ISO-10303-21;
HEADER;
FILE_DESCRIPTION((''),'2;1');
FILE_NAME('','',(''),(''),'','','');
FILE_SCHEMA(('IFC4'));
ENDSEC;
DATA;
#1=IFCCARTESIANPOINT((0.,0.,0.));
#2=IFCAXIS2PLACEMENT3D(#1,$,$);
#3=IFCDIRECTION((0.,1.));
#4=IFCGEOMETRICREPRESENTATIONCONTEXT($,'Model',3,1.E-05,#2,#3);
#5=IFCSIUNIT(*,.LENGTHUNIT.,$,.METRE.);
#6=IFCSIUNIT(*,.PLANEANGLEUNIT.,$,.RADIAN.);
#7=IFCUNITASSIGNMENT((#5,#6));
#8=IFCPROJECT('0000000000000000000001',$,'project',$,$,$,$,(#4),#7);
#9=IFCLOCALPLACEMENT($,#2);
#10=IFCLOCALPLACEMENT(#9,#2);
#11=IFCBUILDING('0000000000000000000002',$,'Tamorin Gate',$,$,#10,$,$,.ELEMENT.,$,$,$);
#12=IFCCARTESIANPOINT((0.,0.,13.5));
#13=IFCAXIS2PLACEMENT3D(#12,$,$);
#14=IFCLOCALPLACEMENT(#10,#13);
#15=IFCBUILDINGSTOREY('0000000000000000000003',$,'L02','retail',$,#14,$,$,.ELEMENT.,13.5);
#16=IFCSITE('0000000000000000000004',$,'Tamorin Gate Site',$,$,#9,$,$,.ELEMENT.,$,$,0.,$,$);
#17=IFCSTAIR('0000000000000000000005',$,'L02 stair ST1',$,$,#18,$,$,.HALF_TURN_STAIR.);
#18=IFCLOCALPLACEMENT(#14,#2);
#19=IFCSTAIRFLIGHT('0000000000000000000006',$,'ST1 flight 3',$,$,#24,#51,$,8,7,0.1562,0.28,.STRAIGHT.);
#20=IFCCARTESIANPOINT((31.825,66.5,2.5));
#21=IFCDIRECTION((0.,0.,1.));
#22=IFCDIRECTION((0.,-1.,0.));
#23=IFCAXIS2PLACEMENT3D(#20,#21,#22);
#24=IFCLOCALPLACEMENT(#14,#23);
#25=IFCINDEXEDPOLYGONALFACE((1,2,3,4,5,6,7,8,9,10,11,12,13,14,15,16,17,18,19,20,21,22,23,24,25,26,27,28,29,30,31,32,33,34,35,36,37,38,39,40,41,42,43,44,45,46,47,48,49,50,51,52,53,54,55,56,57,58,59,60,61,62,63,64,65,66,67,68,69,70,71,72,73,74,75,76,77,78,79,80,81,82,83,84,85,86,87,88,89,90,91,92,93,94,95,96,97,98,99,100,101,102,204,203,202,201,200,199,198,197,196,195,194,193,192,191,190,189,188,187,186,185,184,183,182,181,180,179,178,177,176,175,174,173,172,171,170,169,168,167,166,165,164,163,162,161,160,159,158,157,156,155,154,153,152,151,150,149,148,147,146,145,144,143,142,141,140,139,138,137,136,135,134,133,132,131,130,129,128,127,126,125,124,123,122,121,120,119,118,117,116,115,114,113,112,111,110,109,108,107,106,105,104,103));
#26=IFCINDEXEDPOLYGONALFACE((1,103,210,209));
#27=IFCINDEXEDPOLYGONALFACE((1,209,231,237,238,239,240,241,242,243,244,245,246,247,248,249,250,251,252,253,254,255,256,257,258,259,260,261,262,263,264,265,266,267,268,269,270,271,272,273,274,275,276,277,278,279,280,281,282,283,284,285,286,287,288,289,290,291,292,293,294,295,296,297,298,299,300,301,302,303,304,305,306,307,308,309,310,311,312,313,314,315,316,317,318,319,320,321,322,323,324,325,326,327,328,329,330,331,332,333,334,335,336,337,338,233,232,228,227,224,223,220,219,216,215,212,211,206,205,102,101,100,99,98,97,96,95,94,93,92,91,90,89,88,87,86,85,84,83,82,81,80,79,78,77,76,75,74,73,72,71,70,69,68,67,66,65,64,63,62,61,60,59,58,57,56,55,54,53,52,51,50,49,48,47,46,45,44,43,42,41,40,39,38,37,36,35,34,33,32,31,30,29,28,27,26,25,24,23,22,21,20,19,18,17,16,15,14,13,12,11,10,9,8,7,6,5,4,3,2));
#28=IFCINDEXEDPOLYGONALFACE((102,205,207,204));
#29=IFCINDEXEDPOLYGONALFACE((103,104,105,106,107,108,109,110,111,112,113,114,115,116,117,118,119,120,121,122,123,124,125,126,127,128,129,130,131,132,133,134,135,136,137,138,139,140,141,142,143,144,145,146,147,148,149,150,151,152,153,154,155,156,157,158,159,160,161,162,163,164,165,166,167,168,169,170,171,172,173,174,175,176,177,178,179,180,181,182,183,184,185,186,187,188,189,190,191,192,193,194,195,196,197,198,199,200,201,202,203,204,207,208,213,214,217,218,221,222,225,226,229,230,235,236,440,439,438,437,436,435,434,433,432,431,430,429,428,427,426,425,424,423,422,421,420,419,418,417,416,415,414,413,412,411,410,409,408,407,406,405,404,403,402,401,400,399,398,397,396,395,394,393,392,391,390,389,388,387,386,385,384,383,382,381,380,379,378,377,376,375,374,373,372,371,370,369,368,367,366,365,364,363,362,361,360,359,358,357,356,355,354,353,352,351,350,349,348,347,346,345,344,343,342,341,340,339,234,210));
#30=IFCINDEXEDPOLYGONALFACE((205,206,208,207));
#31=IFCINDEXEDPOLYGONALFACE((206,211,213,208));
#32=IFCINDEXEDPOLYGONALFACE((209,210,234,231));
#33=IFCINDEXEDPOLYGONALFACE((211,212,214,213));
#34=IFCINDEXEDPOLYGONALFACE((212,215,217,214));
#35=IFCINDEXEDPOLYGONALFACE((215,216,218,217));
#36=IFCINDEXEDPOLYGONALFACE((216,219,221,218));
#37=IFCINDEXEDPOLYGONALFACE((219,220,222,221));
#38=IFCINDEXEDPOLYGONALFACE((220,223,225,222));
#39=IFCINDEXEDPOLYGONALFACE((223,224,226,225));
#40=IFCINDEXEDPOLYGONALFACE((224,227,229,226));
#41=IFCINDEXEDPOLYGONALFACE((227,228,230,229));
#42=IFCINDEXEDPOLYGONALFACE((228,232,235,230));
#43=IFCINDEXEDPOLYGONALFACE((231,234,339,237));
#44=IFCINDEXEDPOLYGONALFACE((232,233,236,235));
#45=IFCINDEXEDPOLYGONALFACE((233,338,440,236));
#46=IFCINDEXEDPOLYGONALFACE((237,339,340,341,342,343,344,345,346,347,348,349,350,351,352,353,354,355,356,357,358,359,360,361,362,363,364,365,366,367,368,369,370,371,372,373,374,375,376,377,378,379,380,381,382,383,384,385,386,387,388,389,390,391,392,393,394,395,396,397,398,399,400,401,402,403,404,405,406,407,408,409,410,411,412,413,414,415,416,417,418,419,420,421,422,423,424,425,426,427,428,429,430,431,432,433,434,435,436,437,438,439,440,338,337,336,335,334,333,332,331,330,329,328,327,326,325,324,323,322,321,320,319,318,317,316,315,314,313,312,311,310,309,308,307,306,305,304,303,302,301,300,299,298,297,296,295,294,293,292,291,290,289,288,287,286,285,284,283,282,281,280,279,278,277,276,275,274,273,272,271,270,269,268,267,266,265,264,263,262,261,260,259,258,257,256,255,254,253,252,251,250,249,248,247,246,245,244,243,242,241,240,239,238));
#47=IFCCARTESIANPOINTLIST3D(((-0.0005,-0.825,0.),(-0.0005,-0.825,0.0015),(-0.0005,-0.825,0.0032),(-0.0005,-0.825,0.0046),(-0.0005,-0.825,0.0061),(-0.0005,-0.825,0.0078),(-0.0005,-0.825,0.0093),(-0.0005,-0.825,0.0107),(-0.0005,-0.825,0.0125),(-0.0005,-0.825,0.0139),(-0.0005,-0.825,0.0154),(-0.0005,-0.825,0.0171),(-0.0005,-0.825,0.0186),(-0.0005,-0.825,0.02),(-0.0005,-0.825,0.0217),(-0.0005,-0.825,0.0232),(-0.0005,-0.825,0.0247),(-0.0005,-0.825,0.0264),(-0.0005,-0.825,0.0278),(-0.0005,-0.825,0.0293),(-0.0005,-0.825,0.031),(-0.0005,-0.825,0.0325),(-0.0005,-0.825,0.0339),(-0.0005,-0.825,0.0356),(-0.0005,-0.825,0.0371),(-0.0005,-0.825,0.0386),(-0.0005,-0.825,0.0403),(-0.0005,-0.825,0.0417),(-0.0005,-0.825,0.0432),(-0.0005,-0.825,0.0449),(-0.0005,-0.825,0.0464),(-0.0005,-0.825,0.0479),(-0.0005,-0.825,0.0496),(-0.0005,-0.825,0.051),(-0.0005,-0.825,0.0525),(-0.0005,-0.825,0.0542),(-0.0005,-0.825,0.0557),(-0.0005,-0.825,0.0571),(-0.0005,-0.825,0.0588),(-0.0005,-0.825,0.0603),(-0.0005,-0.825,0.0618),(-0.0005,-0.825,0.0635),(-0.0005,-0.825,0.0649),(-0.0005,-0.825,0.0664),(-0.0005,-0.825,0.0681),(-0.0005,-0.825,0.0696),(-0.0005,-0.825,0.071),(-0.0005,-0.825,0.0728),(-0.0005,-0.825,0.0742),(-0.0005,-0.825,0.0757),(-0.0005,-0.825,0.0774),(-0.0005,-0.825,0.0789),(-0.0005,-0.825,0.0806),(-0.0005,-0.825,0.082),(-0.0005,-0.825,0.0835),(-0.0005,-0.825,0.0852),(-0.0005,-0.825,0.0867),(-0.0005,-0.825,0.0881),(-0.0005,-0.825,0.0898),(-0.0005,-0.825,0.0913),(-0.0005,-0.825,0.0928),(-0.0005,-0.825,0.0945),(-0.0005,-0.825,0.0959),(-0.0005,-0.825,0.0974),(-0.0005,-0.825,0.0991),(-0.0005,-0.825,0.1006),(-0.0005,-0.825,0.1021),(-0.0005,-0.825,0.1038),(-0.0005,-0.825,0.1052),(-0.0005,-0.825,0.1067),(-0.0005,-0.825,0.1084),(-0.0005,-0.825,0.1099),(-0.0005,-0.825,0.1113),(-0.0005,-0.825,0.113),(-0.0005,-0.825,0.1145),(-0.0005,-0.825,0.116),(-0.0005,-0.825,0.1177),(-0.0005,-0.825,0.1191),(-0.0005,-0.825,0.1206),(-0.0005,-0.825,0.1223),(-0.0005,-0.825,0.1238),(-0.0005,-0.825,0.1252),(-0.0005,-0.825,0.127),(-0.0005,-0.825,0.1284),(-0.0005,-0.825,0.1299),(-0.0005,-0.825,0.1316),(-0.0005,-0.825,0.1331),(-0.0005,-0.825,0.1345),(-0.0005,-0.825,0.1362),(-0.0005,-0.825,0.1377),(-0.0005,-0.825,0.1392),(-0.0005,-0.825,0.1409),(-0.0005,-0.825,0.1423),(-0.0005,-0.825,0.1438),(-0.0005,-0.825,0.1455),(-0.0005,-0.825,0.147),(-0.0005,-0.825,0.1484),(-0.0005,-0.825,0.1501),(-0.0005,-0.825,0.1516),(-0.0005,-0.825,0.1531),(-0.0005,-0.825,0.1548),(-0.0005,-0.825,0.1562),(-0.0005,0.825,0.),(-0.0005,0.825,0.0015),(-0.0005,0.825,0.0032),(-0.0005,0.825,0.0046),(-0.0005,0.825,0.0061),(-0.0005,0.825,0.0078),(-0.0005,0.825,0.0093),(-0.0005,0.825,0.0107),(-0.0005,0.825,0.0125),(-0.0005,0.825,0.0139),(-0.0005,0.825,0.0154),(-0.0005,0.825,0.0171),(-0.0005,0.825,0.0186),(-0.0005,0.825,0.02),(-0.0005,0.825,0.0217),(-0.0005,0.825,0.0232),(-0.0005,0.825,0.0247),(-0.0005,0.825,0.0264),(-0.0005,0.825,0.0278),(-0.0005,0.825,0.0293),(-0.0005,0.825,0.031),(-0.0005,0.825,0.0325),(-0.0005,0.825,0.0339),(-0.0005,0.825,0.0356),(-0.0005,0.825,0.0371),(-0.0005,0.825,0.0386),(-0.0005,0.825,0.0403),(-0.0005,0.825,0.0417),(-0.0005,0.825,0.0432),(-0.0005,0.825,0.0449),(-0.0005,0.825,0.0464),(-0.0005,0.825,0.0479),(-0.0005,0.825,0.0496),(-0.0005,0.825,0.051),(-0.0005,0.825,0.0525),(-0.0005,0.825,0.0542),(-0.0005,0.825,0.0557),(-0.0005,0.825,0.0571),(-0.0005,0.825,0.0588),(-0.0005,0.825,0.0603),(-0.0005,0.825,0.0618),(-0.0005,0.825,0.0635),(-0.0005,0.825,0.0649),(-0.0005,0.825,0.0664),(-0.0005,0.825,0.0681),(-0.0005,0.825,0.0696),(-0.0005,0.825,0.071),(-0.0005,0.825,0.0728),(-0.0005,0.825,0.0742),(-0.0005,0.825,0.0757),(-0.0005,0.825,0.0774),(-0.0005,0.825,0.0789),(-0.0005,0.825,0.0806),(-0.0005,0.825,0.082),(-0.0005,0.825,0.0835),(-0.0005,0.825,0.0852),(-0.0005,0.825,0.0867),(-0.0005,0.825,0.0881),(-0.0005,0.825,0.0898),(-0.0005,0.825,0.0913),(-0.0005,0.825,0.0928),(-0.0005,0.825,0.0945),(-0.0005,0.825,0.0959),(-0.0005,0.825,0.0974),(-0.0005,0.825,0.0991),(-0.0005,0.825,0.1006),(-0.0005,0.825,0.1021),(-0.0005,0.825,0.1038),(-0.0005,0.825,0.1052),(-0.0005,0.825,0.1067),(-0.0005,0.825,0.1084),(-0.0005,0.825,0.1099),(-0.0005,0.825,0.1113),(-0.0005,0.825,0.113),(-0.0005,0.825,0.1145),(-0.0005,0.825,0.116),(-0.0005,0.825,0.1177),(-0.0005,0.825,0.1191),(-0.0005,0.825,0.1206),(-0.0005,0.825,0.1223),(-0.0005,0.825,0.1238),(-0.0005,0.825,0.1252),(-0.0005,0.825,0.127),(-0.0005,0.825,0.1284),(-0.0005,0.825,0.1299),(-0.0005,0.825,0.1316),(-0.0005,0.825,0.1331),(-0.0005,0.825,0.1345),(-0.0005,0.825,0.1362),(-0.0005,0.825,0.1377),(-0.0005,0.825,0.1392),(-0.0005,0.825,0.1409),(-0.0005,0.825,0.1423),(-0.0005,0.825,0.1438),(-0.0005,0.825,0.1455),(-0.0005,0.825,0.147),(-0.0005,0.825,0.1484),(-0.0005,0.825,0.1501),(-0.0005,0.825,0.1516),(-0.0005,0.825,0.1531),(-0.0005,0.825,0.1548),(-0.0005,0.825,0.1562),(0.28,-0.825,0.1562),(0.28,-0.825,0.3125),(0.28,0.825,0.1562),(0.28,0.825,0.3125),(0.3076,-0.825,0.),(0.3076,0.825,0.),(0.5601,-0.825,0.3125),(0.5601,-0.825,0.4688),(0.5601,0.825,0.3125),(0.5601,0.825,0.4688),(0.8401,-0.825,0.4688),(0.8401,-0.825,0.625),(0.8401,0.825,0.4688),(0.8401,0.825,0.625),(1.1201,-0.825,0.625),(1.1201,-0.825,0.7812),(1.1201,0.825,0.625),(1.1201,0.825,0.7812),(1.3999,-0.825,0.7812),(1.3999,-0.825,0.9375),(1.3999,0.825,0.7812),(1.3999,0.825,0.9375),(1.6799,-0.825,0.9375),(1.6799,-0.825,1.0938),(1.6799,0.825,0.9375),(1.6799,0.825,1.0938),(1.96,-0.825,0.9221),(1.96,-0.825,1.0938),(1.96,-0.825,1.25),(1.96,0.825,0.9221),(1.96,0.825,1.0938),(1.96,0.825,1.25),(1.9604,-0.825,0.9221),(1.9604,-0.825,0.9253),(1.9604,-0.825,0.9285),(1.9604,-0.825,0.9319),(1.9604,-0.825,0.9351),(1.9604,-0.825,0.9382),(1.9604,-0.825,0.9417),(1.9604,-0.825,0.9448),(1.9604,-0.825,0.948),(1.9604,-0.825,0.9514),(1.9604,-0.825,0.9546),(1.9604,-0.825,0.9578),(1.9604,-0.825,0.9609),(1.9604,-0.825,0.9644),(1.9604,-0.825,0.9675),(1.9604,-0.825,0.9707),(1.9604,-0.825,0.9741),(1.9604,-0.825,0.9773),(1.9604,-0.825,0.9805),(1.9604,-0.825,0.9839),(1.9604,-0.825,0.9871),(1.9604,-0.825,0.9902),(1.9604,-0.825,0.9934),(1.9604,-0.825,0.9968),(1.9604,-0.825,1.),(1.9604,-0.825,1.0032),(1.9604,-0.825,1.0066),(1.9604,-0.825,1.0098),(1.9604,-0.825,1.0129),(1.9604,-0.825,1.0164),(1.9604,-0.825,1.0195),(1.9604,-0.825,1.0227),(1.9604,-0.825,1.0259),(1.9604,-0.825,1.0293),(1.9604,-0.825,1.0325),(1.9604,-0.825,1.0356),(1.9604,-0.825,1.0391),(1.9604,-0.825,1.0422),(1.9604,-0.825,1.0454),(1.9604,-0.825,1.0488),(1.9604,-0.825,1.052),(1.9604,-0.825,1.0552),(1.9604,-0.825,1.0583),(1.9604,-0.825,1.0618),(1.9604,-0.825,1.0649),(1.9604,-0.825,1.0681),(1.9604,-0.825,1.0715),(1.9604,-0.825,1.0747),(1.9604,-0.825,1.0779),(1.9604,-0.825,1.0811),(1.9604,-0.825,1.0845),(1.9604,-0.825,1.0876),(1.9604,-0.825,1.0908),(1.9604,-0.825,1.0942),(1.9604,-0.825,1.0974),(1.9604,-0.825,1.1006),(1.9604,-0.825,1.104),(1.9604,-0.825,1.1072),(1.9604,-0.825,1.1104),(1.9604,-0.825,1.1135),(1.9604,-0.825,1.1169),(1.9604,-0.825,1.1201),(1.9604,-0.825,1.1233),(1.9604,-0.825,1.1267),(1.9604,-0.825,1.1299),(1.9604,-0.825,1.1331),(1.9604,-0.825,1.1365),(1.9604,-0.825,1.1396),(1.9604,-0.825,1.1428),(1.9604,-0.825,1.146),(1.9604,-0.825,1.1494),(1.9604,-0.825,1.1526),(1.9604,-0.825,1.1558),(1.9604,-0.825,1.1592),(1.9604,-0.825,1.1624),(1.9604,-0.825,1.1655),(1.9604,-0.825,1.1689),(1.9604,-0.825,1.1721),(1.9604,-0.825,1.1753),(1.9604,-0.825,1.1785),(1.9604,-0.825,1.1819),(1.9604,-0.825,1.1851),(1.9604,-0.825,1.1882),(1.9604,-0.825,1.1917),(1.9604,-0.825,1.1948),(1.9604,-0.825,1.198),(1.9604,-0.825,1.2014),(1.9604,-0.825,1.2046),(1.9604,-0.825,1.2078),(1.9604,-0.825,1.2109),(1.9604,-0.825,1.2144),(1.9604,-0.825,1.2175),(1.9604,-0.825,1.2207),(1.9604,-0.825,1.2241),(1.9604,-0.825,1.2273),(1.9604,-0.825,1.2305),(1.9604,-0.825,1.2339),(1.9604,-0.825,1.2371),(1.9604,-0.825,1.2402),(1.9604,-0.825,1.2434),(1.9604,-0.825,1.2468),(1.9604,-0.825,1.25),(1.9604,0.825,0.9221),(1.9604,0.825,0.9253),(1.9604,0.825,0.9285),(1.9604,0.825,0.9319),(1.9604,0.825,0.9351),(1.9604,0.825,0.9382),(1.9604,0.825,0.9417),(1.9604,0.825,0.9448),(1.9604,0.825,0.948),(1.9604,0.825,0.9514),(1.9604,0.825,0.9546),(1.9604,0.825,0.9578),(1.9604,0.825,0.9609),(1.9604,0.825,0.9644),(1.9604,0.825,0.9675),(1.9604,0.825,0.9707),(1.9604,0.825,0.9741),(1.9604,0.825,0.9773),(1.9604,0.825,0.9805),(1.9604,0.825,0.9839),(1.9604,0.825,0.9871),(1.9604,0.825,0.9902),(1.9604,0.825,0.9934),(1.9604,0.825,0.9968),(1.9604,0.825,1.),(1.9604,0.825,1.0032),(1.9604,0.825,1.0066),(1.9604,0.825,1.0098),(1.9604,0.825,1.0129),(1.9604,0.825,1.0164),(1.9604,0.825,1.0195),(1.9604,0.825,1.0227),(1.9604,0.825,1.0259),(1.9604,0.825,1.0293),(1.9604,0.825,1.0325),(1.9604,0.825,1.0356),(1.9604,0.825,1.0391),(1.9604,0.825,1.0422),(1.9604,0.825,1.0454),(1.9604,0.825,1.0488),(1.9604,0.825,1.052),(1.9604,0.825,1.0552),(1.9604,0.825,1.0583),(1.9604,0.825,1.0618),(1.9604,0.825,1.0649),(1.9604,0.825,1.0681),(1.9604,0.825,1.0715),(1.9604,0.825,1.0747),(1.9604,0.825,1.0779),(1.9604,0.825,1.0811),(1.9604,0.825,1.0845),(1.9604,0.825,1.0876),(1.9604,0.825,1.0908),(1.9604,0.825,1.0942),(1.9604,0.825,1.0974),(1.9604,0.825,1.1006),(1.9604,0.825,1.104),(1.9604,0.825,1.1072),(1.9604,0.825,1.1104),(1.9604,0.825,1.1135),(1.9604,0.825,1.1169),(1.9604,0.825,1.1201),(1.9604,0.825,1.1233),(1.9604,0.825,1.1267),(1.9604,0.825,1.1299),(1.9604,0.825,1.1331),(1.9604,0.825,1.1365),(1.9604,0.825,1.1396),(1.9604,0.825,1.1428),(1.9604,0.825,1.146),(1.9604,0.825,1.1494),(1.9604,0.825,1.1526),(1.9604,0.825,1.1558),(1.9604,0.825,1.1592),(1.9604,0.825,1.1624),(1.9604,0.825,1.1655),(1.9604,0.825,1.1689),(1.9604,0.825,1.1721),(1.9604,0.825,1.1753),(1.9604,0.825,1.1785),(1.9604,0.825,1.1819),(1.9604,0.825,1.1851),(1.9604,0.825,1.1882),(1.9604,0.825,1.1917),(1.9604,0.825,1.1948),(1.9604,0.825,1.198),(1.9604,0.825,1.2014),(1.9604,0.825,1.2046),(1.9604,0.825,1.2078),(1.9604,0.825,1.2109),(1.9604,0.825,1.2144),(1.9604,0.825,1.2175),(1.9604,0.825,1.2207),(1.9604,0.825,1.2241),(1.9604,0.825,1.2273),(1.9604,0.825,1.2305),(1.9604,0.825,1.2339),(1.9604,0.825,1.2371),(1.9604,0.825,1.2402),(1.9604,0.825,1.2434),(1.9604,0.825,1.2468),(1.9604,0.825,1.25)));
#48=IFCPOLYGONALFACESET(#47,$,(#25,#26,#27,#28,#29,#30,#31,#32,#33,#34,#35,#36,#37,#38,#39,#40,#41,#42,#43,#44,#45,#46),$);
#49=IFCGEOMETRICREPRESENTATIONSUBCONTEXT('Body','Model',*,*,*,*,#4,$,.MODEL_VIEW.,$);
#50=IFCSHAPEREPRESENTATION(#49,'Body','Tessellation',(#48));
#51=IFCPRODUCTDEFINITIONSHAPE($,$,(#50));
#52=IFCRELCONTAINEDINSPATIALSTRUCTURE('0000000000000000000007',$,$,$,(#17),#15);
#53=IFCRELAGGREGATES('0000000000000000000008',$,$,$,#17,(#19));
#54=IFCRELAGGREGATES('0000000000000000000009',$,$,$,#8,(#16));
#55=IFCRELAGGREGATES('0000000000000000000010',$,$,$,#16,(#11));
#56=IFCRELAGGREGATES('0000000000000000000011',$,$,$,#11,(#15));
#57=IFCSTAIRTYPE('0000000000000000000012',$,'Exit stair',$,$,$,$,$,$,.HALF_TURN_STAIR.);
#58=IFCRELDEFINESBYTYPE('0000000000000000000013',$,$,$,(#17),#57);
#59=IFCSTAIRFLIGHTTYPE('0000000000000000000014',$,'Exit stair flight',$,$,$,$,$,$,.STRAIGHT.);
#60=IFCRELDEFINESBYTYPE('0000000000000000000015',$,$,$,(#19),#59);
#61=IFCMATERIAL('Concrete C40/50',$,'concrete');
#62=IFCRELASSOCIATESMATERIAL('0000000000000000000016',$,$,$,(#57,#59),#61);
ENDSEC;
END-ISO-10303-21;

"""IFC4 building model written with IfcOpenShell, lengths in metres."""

from ifc_helpers import new_model, si_unit, direction, frame, origin, place, context, subcontext, project, spatial, polyline, outline, extrude, material, type_object, element, aggregate, save


model = new_model("IFC4")

# Units and contexts
model_context = context("Model", 3, precision=1e-05, world=origin(), true_north=direction((0.0, 1.0)))
body_context = subcontext(model_context, "Body", "Model", "MODEL_VIEW")
ifc_project = project(units=[si_unit("LENGTHUNIT", "METRE"), si_unit("PLANEANGLEUNIT", "RADIAN")], contexts=[model_context])

# Site, building, storey
site_placement = place(None, origin())
site = spatial("IfcSite", under=ifc_project, at=site_placement, Name="Tamorin Gate Site", CompositionType="ELEMENT", RefElevation=0.0)
building_placement = place(site_placement, origin())
building = spatial("IfcBuilding", under=site, at=building_placement, Name="Tamorin Gate", CompositionType="ELEMENT")
storey_placement = place(building_placement, frame((0.0, 0.0, 13.5)))
storey = spatial("IfcBuildingStorey", under=building, at=storey_placement, Name="L02", Description="retail", CompositionType="ELEMENT", Elevation=13.5)

# Shared definitions
ifc_material_1 = material(Name="Concrete C40/50", Category="concrete")

# Stair, stair flight
stair_type = type_object("IfcStairType", Name="Exit stair", PredefinedType="HALF_TURN_STAIR", material=ifc_material_1)
stair_placement = place(storey_placement, origin())
stair = element("IfcStair", 1, at=stair_placement, inside=storey, type_object=stair_type, Name="L02 stair ST1", PredefinedType="HALF_TURN_STAIR")
stair_flight_type = type_object("IfcStairFlightType", Name="Exit stair flight", PredefinedType="STRAIGHT", material=ifc_material_1)
stair_flight_1_placement = place(storey_placement, frame((31.825, 66.5, 2.5), z_axis=(0.0, 0.0, 1.0), x_axis=(0.0, -1.0, 0.0)))
stair_flight_1 = element("IfcStairFlight", 2, at=stair_flight_1_placement, type_object=stair_flight_type, Name="ST1 flight 3", NumberOfRisers=8, NumberOfTreads=7, PredefinedType="STRAIGHT", RiserHeight=0.1562, TreadLength=0.28, context=body_context, shape_type="SweptSolid", body=[
    extrude(outline(polyline([(-0.0005, 0.0), (-0.0005, 0.0015), (-0.0005, 0.0032), (-0.0005, 0.0046), (-0.0005, 0.0061), (-0.0005, 0.0078), (-0.0005, 0.0093), (-0.0005, 0.0107), (-0.0005, 0.0125), (-0.0005, 0.0139), (-0.0005, 0.0154), (-0.0005, 0.0171), (-0.0005, 0.0186), (-0.0005, 0.02), (-0.0005, 0.0217), (-0.0005, 0.0232), (-0.0005, 0.0247), (-0.0005, 0.0264), (-0.0005, 0.0278), (-0.0005, 0.0293), (-0.0005, 0.031), (-0.0005, 0.0325), (-0.0005, 0.0339), (-0.0005, 0.0356), (-0.0005, 0.0371), (-0.0005, 0.0386), (-0.0005, 0.0403), (-0.0005, 0.0417), (-0.0005, 0.0432), (-0.0005, 0.0449), (-0.0005, 0.0464), (-0.0005, 0.0479), (-0.0005, 0.0496), (-0.0005, 0.051), (-0.0005, 0.0525), (-0.0005, 0.0542), (-0.0005, 0.0557), (-0.0005, 0.0571), (-0.0005, 0.0588), (-0.0005, 0.0603), (-0.0005, 0.0618), (-0.0005, 0.0635), (-0.0005, 0.0649), (-0.0005, 0.0664), (-0.0005, 0.0681), (-0.0005, 0.0696), (-0.0005, 0.071), (-0.0005, 0.0728), (-0.0005, 0.0742), (-0.0005, 0.0757), (-0.0005, 0.0774), (-0.0005, 0.0789), (-0.0005, 0.0806), (-0.0005, 0.082), (-0.0005, 0.0835), (-0.0005, 0.0852), (-0.0005, 0.0867), (-0.0005, 0.0881), (-0.0005, 0.0898), (-0.0005, 0.0913), (-0.0005, 0.0928), (-0.0005, 0.0945), (-0.0005, 0.0959), (-0.0005, 0.0974), (-0.0005, 0.0991), (-0.0005, 0.1006), (-0.0005, 0.1021), (-0.0005, 0.1038), (-0.0005, 0.1052), (-0.0005, 0.1067), (-0.0005, 0.1084), (-0.0005, 0.1099), (-0.0005, 0.1113), (-0.0005, 0.113), (-0.0005, 0.1145), (-0.0005, 0.116), (-0.0005, 0.1177), (-0.0005, 0.1191), (-0.0005, 0.1206), (-0.0005, 0.1223), (-0.0005, 0.1238), (-0.0005, 0.1252), (-0.0005, 0.127), (-0.0005, 0.1284), (-0.0005, 0.1299), (-0.0005, 0.1316), (-0.0005, 0.1331), (-0.0005, 0.1345), (-0.0005, 0.1362), (-0.0005, 0.1377), (-0.0005, 0.1392), (-0.0005, 0.1409), (-0.0005, 0.1423), (-0.0005, 0.1438), (-0.0005, 0.1455), (-0.0005, 0.147), (-0.0005, 0.1484), (-0.0005, 0.1501), (-0.0005, 0.1516), (-0.0005, 0.1531), (-0.0005, 0.1548), (-0.0005, 0.1562), (0.28, 0.1562), (0.28, 0.3125), (0.5601, 0.3125), (0.5601, 0.4688), (0.8401, 0.4688), (0.8401, 0.625), (1.1201, 0.625), (1.1201, 0.7812), (1.3999, 0.7812), (1.3999, 0.9375), (1.6799, 0.9375), (1.6799, 1.0938), (1.96, 1.0938), (1.96, 1.25), (1.9604, 1.25), (1.9604, 1.2468), (1.9604, 1.2434), (1.9604, 1.2402), (1.9604, 1.2371), (1.9604, 1.2339), (1.9604, 1.2305), (1.9604, 1.2273), (1.9604, 1.2241), (1.9604, 1.2207), (1.9604, 1.2175), (1.9604, 1.2144), (1.9604, 1.2109), (1.9604, 1.2078), (1.9604, 1.2046), (1.9604, 1.2014), (1.9604, 1.198), (1.9604, 1.1948), (1.9604, 1.1917), (1.9604, 1.1882), (1.9604, 1.1851), (1.9604, 1.1819), (1.9604, 1.1785), (1.9604, 1.1753), (1.9604, 1.1721), (1.9604, 1.1689), (1.9604, 1.1655), (1.9604, 1.1624), (1.9604, 1.1592), (1.9604, 1.1558), (1.9604, 1.1526), (1.9604, 1.1494), (1.9604, 1.146), (1.9604, 1.1428), (1.9604, 1.1396), (1.9604, 1.1365), (1.9604, 1.1331), (1.9604, 1.1299), (1.9604, 1.1267), (1.9604, 1.1233), (1.9604, 1.1201), (1.9604, 1.1169), (1.9604, 1.1135), (1.9604, 1.1104), (1.9604, 1.1072), (1.9604, 1.104), (1.9604, 1.1006), (1.9604, 1.0974), (1.9604, 1.0942), (1.9604, 1.0908), (1.9604, 1.0876), (1.9604, 1.0845), (1.9604, 1.0811), (1.9604, 1.0779), (1.9604, 1.0747), (1.9604, 1.0715), (1.9604, 1.0681), (1.9604, 1.0649), (1.9604, 1.0618), (1.9604, 1.0583), (1.9604, 1.0552), (1.9604, 1.052), (1.9604, 1.0488), (1.9604, 1.0454), (1.9604, 1.0422), (1.9604, 1.0391), (1.9604, 1.0356), (1.9604, 1.0325), (1.9604, 1.0293), (1.9604, 1.0259), (1.9604, 1.0227), (1.9604, 1.0195), (1.9604, 1.0164), (1.9604, 1.0129), (1.9604, 1.0098), (1.9604, 1.0066), (1.9604, 1.0032), (1.9604, 1.0), (1.9604, 0.9968), (1.9604, 0.9934), (1.9604, 0.9902), (1.9604, 0.9871), (1.9604, 0.9839), (1.9604, 0.9805), (1.9604, 0.9773), (1.9604, 0.9741), (1.9604, 0.9707), (1.9604, 0.9675), (1.9604, 0.9644), (1.9604, 0.9609), (1.9604, 0.9578), (1.9604, 0.9546), (1.9604, 0.9514), (1.9604, 0.948), (1.9604, 0.9448), (1.9604, 0.9417), (1.9604, 0.9382), (1.9604, 0.9351), (1.9604, 0.9319), (1.9604, 0.9285), (1.9604, 0.9253), (1.9604, 0.9221), (1.96, 0.9221), (0.3076, 0.0), (-0.0005, 0.0)])), frame((0.0, 0.825, 0.0), z_axis=(0.0, -1.0, 0.0), x_axis=(1.0, 0.0, 0.0)), (0.0, 0.0, 1.0), 1.6499),
])
aggregate(stair, [stair_flight_1])

save(model, "model.ifc")
